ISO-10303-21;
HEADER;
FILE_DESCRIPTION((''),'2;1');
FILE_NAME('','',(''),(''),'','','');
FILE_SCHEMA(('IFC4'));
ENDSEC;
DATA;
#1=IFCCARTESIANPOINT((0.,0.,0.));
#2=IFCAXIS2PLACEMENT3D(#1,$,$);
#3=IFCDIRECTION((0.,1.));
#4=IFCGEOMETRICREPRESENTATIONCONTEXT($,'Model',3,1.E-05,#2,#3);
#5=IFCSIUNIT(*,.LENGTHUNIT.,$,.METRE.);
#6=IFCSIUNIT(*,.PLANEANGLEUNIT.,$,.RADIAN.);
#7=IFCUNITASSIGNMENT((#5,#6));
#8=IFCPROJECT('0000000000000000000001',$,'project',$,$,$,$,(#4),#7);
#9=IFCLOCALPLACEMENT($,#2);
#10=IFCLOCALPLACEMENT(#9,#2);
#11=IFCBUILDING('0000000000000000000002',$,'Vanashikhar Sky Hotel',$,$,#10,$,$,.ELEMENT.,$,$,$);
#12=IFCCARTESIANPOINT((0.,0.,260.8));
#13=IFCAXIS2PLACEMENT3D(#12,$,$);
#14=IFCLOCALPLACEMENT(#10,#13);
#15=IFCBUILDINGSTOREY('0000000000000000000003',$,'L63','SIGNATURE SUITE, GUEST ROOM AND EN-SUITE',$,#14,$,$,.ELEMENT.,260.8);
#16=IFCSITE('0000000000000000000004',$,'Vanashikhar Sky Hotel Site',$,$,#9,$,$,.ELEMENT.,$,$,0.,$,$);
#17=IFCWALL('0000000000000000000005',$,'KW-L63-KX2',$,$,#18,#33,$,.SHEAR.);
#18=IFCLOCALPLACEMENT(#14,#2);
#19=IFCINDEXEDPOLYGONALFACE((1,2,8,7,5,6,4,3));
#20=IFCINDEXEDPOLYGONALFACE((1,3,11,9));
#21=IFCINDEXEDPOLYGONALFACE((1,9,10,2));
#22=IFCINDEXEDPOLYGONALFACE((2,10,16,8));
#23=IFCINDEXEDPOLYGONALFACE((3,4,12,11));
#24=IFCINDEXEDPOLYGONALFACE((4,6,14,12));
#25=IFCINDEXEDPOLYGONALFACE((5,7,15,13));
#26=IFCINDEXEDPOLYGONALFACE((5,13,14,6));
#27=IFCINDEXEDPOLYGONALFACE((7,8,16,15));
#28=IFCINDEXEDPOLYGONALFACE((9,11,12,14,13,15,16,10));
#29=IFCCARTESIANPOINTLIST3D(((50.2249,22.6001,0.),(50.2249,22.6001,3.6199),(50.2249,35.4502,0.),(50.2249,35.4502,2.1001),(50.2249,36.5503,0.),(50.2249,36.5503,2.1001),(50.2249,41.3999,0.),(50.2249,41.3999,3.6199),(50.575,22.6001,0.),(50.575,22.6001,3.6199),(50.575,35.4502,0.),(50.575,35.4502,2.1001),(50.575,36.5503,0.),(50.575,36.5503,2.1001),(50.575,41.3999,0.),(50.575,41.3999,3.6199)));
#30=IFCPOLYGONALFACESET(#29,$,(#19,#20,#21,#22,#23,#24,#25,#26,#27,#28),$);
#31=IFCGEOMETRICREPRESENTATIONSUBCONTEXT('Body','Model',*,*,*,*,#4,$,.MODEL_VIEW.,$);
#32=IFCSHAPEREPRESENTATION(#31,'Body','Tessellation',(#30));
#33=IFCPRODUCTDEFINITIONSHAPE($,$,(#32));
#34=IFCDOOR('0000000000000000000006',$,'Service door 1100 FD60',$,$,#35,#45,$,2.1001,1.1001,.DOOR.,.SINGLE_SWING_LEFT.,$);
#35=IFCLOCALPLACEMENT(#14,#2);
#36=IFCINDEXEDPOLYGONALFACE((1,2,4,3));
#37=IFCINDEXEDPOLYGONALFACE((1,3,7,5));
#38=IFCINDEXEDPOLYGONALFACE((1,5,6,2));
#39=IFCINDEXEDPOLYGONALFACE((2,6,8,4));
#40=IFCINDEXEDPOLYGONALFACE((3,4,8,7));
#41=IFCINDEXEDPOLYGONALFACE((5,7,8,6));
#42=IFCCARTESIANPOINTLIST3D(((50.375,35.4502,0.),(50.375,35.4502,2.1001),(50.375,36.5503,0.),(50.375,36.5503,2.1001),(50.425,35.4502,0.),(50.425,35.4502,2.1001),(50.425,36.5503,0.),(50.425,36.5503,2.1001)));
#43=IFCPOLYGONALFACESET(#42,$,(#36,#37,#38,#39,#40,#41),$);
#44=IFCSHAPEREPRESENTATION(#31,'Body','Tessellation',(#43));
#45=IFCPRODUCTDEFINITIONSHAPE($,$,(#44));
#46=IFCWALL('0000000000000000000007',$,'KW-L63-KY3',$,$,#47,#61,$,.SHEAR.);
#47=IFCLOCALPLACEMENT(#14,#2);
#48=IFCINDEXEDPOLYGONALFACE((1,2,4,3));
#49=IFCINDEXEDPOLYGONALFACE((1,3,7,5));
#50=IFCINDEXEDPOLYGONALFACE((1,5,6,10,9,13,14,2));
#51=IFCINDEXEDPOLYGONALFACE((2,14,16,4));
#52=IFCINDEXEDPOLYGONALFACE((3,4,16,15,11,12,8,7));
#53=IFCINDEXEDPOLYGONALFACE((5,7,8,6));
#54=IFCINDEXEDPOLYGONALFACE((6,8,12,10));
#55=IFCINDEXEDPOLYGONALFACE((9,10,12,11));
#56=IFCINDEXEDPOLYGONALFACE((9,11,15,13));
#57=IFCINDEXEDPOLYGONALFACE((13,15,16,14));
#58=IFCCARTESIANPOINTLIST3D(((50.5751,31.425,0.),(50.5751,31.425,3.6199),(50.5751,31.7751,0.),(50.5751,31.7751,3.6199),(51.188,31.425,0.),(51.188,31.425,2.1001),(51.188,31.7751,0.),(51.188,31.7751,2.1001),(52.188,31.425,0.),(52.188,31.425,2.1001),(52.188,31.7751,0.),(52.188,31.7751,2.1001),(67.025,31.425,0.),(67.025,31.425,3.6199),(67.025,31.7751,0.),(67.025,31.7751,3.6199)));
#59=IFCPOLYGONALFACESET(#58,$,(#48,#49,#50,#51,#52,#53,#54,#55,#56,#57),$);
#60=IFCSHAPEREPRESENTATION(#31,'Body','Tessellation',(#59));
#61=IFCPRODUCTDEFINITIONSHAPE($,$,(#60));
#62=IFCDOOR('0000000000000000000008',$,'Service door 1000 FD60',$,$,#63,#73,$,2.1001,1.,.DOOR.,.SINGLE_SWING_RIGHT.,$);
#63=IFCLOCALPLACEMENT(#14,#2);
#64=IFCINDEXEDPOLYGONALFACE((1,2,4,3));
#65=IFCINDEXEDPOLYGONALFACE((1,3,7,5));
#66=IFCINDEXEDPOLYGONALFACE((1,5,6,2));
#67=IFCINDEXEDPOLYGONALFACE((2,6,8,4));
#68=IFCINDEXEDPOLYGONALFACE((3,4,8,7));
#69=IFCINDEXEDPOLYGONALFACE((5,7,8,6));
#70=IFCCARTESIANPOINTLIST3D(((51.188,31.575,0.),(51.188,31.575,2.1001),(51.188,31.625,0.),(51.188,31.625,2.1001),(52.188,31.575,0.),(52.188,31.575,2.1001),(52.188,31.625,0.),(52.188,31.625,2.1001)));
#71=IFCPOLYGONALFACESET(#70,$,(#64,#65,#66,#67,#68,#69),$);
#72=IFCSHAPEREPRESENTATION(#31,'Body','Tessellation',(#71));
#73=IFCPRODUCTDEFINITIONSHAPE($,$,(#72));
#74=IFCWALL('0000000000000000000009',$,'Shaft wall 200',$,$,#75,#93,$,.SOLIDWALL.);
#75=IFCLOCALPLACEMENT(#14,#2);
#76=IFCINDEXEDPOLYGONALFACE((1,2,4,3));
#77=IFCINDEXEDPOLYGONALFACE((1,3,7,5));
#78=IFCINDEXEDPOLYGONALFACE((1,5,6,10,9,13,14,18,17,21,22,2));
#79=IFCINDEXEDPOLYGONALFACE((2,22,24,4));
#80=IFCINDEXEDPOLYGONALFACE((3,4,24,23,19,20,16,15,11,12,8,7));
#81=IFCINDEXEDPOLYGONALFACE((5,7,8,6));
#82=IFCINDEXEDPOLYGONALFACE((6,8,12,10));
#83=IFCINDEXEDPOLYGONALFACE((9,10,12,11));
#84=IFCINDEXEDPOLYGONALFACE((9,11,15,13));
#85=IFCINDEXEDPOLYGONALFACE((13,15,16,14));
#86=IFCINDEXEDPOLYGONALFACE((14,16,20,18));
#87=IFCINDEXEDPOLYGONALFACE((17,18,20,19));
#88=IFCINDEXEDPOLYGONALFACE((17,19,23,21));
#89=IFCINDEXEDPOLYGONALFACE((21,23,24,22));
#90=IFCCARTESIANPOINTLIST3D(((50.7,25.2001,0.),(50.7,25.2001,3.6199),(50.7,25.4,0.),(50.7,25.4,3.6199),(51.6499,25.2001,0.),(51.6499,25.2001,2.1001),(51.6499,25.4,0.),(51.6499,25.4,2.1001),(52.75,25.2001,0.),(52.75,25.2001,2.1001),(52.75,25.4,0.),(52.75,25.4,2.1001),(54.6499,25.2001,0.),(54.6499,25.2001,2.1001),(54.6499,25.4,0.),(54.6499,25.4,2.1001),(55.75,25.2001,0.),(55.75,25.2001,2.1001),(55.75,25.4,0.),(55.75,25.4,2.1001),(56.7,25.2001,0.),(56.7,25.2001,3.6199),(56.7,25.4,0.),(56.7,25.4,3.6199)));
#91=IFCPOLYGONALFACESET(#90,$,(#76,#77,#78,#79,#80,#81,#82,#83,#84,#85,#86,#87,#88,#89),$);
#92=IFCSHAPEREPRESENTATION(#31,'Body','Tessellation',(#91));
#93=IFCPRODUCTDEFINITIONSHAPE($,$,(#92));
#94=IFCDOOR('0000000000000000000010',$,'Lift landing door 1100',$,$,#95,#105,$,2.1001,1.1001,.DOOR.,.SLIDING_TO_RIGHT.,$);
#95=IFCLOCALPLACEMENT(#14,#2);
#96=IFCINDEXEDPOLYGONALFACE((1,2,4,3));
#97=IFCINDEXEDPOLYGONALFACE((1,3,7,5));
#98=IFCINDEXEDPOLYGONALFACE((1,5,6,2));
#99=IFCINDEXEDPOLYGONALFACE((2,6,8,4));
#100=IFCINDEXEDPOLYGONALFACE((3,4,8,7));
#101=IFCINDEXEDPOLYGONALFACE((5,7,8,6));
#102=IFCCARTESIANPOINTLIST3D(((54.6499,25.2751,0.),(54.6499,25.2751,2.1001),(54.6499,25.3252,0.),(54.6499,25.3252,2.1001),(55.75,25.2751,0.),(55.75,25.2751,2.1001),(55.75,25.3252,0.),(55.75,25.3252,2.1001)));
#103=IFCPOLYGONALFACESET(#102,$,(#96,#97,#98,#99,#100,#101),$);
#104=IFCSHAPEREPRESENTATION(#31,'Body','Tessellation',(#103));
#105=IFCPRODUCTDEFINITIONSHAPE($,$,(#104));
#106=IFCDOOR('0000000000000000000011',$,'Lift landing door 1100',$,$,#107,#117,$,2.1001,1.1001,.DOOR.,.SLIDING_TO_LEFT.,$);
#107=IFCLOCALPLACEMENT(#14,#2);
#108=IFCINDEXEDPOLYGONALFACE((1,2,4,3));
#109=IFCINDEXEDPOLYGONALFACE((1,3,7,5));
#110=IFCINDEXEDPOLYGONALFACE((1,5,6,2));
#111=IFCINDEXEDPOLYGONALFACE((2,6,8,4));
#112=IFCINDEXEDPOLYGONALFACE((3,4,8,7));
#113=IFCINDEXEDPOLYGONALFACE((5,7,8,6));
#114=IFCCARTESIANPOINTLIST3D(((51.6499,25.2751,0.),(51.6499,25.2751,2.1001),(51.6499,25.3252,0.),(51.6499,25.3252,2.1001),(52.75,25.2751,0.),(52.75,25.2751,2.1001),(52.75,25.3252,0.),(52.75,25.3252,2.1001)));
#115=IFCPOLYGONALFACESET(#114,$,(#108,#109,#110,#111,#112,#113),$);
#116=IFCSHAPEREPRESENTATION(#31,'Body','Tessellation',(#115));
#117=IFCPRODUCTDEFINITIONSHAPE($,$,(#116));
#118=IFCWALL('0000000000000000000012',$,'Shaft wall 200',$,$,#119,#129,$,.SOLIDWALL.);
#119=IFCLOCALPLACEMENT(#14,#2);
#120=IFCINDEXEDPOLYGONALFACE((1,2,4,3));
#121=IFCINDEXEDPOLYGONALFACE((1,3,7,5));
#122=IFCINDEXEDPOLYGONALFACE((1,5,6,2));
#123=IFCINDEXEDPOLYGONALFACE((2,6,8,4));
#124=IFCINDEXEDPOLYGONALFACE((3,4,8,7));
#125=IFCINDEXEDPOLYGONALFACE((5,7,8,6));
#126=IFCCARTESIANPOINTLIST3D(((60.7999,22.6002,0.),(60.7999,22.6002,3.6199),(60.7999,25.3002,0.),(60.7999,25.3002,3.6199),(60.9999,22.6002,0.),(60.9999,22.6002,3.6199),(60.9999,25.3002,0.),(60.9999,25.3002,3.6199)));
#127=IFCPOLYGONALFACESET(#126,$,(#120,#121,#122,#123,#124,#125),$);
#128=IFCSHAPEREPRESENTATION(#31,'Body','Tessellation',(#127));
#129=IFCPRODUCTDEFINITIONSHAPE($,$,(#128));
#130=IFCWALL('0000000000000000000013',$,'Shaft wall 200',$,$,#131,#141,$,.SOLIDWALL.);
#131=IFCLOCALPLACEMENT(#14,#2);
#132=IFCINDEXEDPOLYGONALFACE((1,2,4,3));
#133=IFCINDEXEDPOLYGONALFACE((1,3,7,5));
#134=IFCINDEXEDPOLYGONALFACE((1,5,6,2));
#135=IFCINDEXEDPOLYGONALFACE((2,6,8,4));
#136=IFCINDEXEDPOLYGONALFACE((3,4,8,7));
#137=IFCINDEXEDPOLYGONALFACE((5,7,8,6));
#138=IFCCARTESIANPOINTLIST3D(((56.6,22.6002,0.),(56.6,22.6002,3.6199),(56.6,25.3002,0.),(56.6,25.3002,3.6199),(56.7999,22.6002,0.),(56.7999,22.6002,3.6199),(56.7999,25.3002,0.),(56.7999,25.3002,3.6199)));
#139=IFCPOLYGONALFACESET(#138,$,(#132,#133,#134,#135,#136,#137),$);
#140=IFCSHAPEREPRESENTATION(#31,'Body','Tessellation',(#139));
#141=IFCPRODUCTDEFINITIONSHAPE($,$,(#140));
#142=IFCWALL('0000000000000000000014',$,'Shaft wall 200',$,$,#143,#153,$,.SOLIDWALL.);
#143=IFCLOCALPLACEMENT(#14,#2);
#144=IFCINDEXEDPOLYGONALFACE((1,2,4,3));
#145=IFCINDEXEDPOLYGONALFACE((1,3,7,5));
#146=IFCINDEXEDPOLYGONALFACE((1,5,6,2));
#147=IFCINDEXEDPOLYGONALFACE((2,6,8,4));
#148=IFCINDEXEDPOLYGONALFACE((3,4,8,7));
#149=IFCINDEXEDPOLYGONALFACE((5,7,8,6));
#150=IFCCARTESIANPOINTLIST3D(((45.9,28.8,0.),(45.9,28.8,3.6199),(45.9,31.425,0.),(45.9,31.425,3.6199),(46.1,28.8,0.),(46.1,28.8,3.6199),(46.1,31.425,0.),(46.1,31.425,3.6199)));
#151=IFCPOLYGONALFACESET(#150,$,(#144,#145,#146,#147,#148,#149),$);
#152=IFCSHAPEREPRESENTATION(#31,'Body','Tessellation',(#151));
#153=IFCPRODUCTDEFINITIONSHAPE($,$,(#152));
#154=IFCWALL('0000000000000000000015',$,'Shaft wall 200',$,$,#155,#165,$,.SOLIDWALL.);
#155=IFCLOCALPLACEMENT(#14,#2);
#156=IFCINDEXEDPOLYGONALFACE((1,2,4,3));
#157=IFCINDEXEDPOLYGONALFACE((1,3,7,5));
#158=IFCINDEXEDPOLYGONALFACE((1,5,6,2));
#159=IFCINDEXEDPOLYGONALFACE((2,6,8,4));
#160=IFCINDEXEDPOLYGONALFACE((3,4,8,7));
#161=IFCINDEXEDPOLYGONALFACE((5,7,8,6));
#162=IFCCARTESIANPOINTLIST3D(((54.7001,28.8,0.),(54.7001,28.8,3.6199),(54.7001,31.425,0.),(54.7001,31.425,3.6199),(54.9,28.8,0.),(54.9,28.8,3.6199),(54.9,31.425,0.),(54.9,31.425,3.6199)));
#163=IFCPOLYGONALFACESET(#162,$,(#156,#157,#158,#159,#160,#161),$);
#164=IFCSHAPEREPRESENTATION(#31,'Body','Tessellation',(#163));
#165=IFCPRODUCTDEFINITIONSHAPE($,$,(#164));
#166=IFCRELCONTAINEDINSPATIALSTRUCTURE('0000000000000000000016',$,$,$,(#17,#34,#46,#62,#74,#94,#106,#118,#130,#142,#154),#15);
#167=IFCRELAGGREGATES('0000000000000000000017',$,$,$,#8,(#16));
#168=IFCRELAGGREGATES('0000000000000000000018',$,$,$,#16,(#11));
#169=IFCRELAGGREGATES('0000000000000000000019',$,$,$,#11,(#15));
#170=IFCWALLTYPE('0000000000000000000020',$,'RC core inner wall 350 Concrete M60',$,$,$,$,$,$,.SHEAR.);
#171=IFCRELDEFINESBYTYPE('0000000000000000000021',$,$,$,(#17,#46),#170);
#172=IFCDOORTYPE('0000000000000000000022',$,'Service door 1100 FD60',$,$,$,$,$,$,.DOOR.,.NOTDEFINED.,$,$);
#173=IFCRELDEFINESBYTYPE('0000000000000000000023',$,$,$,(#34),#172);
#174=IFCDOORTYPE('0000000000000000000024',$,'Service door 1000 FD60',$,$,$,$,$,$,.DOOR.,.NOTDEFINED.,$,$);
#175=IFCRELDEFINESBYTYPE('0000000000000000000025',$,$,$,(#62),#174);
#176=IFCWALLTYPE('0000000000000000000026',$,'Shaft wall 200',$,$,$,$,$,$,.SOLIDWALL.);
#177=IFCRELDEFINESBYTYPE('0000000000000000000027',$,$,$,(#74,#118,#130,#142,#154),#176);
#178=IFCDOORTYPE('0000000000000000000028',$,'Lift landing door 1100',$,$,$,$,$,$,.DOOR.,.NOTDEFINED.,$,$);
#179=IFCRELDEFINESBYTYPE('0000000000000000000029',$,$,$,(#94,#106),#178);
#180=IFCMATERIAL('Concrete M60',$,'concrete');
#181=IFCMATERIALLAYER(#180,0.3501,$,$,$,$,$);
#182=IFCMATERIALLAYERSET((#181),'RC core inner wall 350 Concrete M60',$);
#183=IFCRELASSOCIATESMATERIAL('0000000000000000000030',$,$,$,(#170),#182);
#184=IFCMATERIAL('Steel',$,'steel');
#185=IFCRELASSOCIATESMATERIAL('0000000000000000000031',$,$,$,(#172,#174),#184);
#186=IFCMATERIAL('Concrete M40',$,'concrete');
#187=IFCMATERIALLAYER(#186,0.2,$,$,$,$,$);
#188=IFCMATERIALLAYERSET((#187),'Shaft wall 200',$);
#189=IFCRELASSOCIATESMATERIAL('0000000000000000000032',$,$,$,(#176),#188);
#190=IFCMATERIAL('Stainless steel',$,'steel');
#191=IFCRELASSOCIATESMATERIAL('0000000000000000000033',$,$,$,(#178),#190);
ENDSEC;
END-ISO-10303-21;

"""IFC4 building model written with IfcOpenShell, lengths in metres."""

from ifc_helpers import new_model, si_unit, direction, frame, frame_2d, origin, place, context, subcontext, project, spatial, rectangle, extrude, source, transform, mapped, material, layer, layer_set, type_object, element, fill, save


model = new_model("IFC4")

# Units and contexts
model_context = context("Model", 3, precision=1e-05, world=origin(), true_north=direction((0.0, 1.0)))
body_context = subcontext(model_context, "Body", "Model", "MODEL_VIEW")
ifc_project = project(units=[si_unit("LENGTHUNIT", "METRE"), si_unit("PLANEANGLEUNIT", "RADIAN")], contexts=[model_context])

# Site, building, storey
site_placement = place(None, origin())
site = spatial("IfcSite", under=ifc_project, at=site_placement, Name="Vanashikhar Sky Hotel Site", CompositionType="ELEMENT", RefElevation=0.0)
building_placement = place(site_placement, origin())
building = spatial("IfcBuilding", under=site, at=building_placement, Name="Vanashikhar Sky Hotel", CompositionType="ELEMENT")
storey_placement = place(building_placement, frame((0.0, 0.0, 260.8)))
storey = spatial("IfcBuildingStorey", under=building, at=storey_placement, Name="L63", Description="SIGNATURE SUITE, GUEST ROOM AND EN-SUITE", CompositionType="ELEMENT", Elevation=260.8)

# Walls, openings, doors
ifc_material_1 = material(Name="Concrete M60", Category="concrete")
ifc_layer_1 = layer(ifc_material_1, 0.3501)
ifc_layer_set_1 = layer_set([ifc_layer_1], Name="RC core inner wall 350 Concrete M60")
wall_type_1 = type_object("IfcWallType", Name="RC core inner wall 350 Concrete M60", PredefinedType="SHEAR", material=ifc_layer_set_1)
shared_shape_1 = source(origin(), body_context, "Body", "SweptSolid", [
    extrude(rectangle(XDim=18.7998, YDim=0.3501, at=frame_2d((9.3999, 0.0))), origin(), (0.0, 0.0, 1.0), 3.6199),
])
wall_1_placement = place(storey_placement, frame((50.3999, 22.6001, 0.0), z_axis=(0.0, 0.0, 1.0), x_axis=(0.0, 1.0, 0.0)))
wall_1 = element("IfcWall", 1, at=wall_1_placement, inside=storey, type_object=wall_type_1, Name="KW-L63-KX2", PredefinedType="SHEAR", context=body_context, shape_type="MappedRepresentation", body=[
    mapped(shared_shape_1, transform((0.0, 0.0, 0.0), scale=1.0)),
])
shared_shape_2 = source(origin(), body_context, "Body", "SweptSolid", [
    extrude(rectangle(XDim=1.1001, YDim=2.1001, at=frame_2d((0.55, 1.05))), frame((0.0, 0.1851, 0.0), z_axis=(0.0, -1.0, 0.0), x_axis=(1.0, 0.0, 0.0)), (0.0, 0.0, 1.0), 0.3701),
])
opening_1_placement = place(wall_1_placement, frame((12.8501, 0.0, 0.0)))
opening_1 = element("IfcOpeningElement", 2, at=opening_1_placement, cuts=wall_1, PredefinedType="OPENING", context=body_context, shape_type="MappedRepresentation", body=[
    mapped(shared_shape_2, transform((0.0, 0.0, 0.0), scale=1.0)),
])
ifc_material_2 = material(Name="Steel", Category="steel")
door_type_1 = type_object("IfcDoorType", Name="Service door 1100 FD60", OperationType="NOTDEFINED", PredefinedType="DOOR", material=ifc_material_2)
shared_shape_3 = source(origin(), body_context, "Body", "SweptSolid", [
    extrude(rectangle(XDim=1.1001, YDim=2.1001, at=frame_2d((0.55, 1.05))), frame((0.0, 0.0249, 0.0), z_axis=(0.0, -1.0, 0.0), x_axis=(1.0, 0.0, 0.0)), (0.0, 0.0, 1.0), 0.05),
])
door_1_placement = place(opening_1_placement, origin())
door_1 = element("IfcDoor", 3, at=door_1_placement, inside=storey, type_object=door_type_1, Name="Service door 1100 FD60", OperationType="SINGLE_SWING_LEFT", OverallHeight=2.1001, OverallWidth=1.1001, PredefinedType="DOOR", context=body_context, shape_type="MappedRepresentation", body=[
    mapped(shared_shape_3, transform((0.0, 0.0, 0.0), scale=1.0)),
])
fill(opening_1, door_1)
shared_shape_4 = source(origin(), body_context, "Body", "SweptSolid", [
    extrude(rectangle(XDim=16.45, YDim=0.3501, at=frame_2d((8.2251, 0.0))), origin(), (0.0, 0.0, 1.0), 3.6199),
])
wall_2_placement = place(storey_placement, frame((50.575, 31.6001, 0.0), z_axis=(0.0, 0.0, 1.0), x_axis=(1.0, 0.0, 0.0)))
wall_2 = element("IfcWall", 4, at=wall_2_placement, inside=storey, type_object=wall_type_1, Name="KW-L63-KY3", PredefinedType="SHEAR", context=body_context, shape_type="MappedRepresentation", body=[
    mapped(shared_shape_4, transform((0.0, 0.0, 0.0), scale=1.0)),
])
shared_shape_5 = source(origin(), body_context, "Body", "SweptSolid", [
    extrude(rectangle(XDim=1.0, YDim=2.1001, at=frame_2d((0.5, 1.05))), frame((0.0, 0.1851, 0.0), z_axis=(0.0, -1.0, 0.0), x_axis=(1.0, 0.0, 0.0)), (0.0, 0.0, 1.0), 0.3701),
])
opening_2_placement = place(wall_2_placement, frame((0.613, 0.0, 0.0)))
opening_2 = element("IfcOpeningElement", 5, at=opening_2_placement, cuts=wall_2, PredefinedType="OPENING", context=body_context, shape_type="MappedRepresentation", body=[
    mapped(shared_shape_5, transform((0.0, 0.0, 0.0), scale=1.0)),
])
door_type_2 = type_object("IfcDoorType", Name="Service door 1000 FD60", OperationType="NOTDEFINED", PredefinedType="DOOR", material=ifc_material_2)
shared_shape_6 = source(origin(), body_context, "Body", "SweptSolid", [
    extrude(rectangle(XDim=1.0, YDim=2.1001, at=frame_2d((0.5, 1.05))), frame((0.0, 0.0249, 0.0), z_axis=(0.0, -1.0, 0.0), x_axis=(1.0, 0.0, 0.0)), (0.0, 0.0, 1.0), 0.05),
])
door_2_placement = place(opening_2_placement, origin())
door_2 = element("IfcDoor", 6, at=door_2_placement, inside=storey, type_object=door_type_2, Name="Service door 1000 FD60", OperationType="SINGLE_SWING_RIGHT", OverallHeight=2.1001, OverallWidth=1.0, PredefinedType="DOOR", context=body_context, shape_type="MappedRepresentation", body=[
    mapped(shared_shape_6, transform((0.0, 0.0, 0.0), scale=1.0)),
])
fill(opening_2, door_2)

# Wall, openings, doors
ifc_material_3 = material(Name="Concrete M40", Category="concrete")
ifc_layer_2 = layer(ifc_material_3, 0.2)
ifc_layer_set_2 = layer_set([ifc_layer_2], Name="Shaft wall 200")
wall_type_2 = type_object("IfcWallType", Name="Shaft wall 200", PredefinedType="SOLIDWALL", material=ifc_layer_set_2)
shared_shape_7 = source(origin(), body_context, "Body", "SweptSolid", [
    extrude(rectangle(XDim=6.0, YDim=0.2, at=frame_2d((3.0, 0.0))), origin(), (0.0, 0.0, 1.0), 3.6199),
])
wall_3_placement = place(storey_placement, frame((56.7, 25.3, 0.0), z_axis=(0.0, 0.0, 1.0), x_axis=(-1.0, 0.0, 0.0)))
wall_3 = element("IfcWall", 7, at=wall_3_placement, inside=storey, type_object=wall_type_2, Name="Shaft wall 200", PredefinedType="SOLIDWALL", context=body_context, shape_type="MappedRepresentation", body=[
    mapped(shared_shape_7, transform((0.0, 0.0, 0.0), scale=1.0)),
])
shared_shape_8 = source(origin(), body_context, "Body", "SweptSolid", [
    extrude(rectangle(XDim=1.1001, YDim=2.1001, at=frame_2d((0.55, 1.05))), frame((0.0, 0.1099, 0.0), z_axis=(0.0, -1.0, 0.0), x_axis=(1.0, 0.0, 0.0)), (0.0, 0.0, 1.0), 0.22),
])
opening_3_placement = place(wall_3_placement, frame((0.95, 0.0, 0.0)))
opening_3 = element("IfcOpeningElement", 8, at=opening_3_placement, cuts=wall_3, PredefinedType="OPENING", context=body_context, shape_type="MappedRepresentation", body=[
    mapped(shared_shape_8, transform((0.0, 0.0, 0.0), scale=1.0)),
])
opening_4_placement = place(wall_3_placement, frame((3.95, 0.0, 0.0)))
opening_4 = element("IfcOpeningElement", 9, at=opening_4_placement, cuts=wall_3, PredefinedType="OPENING", context=body_context, shape_type="MappedRepresentation", body=[
    mapped(shared_shape_8, transform((0.0, 0.0, 0.0), scale=1.0)),
])
ifc_material_4 = material(Name="Stainless steel", Category="steel")
door_type_3 = type_object("IfcDoorType", Name="Lift landing door 1100", OperationType="NOTDEFINED", PredefinedType="DOOR", material=ifc_material_4)
door_3_placement = place(opening_3_placement, origin())
door_3 = element("IfcDoor", 10, at=door_3_placement, inside=storey, type_object=door_type_3, Name="Lift landing door 1100", OperationType="SLIDING_TO_RIGHT", OverallHeight=2.1001, OverallWidth=1.1001, PredefinedType="DOOR", context=body_context, shape_type="MappedRepresentation", body=[
    mapped(shared_shape_3, transform((0.0, 0.0, 0.0), scale=1.0)),
])
fill(opening_3, door_3)
door_4_placement = place(opening_4_placement, origin())
door_4 = element("IfcDoor", 11, at=door_4_placement, inside=storey, type_object=door_type_3, Name="Lift landing door 1100", OperationType="SLIDING_TO_LEFT", OverallHeight=2.1001, OverallWidth=1.1001, PredefinedType="DOOR", context=body_context, shape_type="MappedRepresentation", body=[
    mapped(shared_shape_3, transform((0.0, 0.0, 0.0), scale=1.0)),
])
fill(opening_4, door_4)

# Walls
shared_shape_9 = source(origin(), body_context, "Body", "SweptSolid", [
    extrude(rectangle(XDim=2.7, YDim=0.2, at=frame_2d((1.3501, 0.0))), origin(), (0.0, 0.0, 1.0), 3.6199),
])
for number, where, z_axis, x_axis, name in (
    (12, (60.8999, 22.6001, 0.0), (0.0, 0.0, 1.0), (0.0, 1.0, 0.0), "Shaft wall 200"),
    (13, (56.7, 22.6001, 0.0), (0.0, 0.0, 1.0), (0.0, 1.0, 0.0), "Shaft wall 200"),
):
    element("IfcWall", number, at=place(storey_placement, frame(where, z_axis=z_axis, x_axis=x_axis)), inside=storey, type_object=wall_type_2, Name=name, PredefinedType="SOLIDWALL", context=body_context, shape_type="MappedRepresentation", body=[
        mapped(shared_shape_9, transform((0.0, 0.0, 0.0), scale=1.0)),
    ])
shared_shape_10 = source(origin(), body_context, "Body", "SweptSolid", [
    extrude(rectangle(XDim=2.625, YDim=0.2, at=frame_2d((1.3125, 0.0))), origin(), (0.0, 0.0, 1.0), 3.6199),
])
for number, where, z_axis, x_axis, name in (
    (14, (46.0, 28.8, 0.0), (0.0, 0.0, 1.0), (0.0, 1.0, 0.0), "Shaft wall 200"),
    (15, (54.8, 28.8, 0.0), (0.0, 0.0, 1.0), (0.0, 1.0, 0.0), "Shaft wall 200"),
):
    element("IfcWall", number, at=place(storey_placement, frame(where, z_axis=z_axis, x_axis=x_axis)), inside=storey, type_object=wall_type_2, Name=name, PredefinedType="SOLIDWALL", context=body_context, shape_type="MappedRepresentation", body=[
        mapped(shared_shape_10, transform((0.0, 0.0, 0.0), scale=1.0)),
    ])

save(model, "model.ifc")
